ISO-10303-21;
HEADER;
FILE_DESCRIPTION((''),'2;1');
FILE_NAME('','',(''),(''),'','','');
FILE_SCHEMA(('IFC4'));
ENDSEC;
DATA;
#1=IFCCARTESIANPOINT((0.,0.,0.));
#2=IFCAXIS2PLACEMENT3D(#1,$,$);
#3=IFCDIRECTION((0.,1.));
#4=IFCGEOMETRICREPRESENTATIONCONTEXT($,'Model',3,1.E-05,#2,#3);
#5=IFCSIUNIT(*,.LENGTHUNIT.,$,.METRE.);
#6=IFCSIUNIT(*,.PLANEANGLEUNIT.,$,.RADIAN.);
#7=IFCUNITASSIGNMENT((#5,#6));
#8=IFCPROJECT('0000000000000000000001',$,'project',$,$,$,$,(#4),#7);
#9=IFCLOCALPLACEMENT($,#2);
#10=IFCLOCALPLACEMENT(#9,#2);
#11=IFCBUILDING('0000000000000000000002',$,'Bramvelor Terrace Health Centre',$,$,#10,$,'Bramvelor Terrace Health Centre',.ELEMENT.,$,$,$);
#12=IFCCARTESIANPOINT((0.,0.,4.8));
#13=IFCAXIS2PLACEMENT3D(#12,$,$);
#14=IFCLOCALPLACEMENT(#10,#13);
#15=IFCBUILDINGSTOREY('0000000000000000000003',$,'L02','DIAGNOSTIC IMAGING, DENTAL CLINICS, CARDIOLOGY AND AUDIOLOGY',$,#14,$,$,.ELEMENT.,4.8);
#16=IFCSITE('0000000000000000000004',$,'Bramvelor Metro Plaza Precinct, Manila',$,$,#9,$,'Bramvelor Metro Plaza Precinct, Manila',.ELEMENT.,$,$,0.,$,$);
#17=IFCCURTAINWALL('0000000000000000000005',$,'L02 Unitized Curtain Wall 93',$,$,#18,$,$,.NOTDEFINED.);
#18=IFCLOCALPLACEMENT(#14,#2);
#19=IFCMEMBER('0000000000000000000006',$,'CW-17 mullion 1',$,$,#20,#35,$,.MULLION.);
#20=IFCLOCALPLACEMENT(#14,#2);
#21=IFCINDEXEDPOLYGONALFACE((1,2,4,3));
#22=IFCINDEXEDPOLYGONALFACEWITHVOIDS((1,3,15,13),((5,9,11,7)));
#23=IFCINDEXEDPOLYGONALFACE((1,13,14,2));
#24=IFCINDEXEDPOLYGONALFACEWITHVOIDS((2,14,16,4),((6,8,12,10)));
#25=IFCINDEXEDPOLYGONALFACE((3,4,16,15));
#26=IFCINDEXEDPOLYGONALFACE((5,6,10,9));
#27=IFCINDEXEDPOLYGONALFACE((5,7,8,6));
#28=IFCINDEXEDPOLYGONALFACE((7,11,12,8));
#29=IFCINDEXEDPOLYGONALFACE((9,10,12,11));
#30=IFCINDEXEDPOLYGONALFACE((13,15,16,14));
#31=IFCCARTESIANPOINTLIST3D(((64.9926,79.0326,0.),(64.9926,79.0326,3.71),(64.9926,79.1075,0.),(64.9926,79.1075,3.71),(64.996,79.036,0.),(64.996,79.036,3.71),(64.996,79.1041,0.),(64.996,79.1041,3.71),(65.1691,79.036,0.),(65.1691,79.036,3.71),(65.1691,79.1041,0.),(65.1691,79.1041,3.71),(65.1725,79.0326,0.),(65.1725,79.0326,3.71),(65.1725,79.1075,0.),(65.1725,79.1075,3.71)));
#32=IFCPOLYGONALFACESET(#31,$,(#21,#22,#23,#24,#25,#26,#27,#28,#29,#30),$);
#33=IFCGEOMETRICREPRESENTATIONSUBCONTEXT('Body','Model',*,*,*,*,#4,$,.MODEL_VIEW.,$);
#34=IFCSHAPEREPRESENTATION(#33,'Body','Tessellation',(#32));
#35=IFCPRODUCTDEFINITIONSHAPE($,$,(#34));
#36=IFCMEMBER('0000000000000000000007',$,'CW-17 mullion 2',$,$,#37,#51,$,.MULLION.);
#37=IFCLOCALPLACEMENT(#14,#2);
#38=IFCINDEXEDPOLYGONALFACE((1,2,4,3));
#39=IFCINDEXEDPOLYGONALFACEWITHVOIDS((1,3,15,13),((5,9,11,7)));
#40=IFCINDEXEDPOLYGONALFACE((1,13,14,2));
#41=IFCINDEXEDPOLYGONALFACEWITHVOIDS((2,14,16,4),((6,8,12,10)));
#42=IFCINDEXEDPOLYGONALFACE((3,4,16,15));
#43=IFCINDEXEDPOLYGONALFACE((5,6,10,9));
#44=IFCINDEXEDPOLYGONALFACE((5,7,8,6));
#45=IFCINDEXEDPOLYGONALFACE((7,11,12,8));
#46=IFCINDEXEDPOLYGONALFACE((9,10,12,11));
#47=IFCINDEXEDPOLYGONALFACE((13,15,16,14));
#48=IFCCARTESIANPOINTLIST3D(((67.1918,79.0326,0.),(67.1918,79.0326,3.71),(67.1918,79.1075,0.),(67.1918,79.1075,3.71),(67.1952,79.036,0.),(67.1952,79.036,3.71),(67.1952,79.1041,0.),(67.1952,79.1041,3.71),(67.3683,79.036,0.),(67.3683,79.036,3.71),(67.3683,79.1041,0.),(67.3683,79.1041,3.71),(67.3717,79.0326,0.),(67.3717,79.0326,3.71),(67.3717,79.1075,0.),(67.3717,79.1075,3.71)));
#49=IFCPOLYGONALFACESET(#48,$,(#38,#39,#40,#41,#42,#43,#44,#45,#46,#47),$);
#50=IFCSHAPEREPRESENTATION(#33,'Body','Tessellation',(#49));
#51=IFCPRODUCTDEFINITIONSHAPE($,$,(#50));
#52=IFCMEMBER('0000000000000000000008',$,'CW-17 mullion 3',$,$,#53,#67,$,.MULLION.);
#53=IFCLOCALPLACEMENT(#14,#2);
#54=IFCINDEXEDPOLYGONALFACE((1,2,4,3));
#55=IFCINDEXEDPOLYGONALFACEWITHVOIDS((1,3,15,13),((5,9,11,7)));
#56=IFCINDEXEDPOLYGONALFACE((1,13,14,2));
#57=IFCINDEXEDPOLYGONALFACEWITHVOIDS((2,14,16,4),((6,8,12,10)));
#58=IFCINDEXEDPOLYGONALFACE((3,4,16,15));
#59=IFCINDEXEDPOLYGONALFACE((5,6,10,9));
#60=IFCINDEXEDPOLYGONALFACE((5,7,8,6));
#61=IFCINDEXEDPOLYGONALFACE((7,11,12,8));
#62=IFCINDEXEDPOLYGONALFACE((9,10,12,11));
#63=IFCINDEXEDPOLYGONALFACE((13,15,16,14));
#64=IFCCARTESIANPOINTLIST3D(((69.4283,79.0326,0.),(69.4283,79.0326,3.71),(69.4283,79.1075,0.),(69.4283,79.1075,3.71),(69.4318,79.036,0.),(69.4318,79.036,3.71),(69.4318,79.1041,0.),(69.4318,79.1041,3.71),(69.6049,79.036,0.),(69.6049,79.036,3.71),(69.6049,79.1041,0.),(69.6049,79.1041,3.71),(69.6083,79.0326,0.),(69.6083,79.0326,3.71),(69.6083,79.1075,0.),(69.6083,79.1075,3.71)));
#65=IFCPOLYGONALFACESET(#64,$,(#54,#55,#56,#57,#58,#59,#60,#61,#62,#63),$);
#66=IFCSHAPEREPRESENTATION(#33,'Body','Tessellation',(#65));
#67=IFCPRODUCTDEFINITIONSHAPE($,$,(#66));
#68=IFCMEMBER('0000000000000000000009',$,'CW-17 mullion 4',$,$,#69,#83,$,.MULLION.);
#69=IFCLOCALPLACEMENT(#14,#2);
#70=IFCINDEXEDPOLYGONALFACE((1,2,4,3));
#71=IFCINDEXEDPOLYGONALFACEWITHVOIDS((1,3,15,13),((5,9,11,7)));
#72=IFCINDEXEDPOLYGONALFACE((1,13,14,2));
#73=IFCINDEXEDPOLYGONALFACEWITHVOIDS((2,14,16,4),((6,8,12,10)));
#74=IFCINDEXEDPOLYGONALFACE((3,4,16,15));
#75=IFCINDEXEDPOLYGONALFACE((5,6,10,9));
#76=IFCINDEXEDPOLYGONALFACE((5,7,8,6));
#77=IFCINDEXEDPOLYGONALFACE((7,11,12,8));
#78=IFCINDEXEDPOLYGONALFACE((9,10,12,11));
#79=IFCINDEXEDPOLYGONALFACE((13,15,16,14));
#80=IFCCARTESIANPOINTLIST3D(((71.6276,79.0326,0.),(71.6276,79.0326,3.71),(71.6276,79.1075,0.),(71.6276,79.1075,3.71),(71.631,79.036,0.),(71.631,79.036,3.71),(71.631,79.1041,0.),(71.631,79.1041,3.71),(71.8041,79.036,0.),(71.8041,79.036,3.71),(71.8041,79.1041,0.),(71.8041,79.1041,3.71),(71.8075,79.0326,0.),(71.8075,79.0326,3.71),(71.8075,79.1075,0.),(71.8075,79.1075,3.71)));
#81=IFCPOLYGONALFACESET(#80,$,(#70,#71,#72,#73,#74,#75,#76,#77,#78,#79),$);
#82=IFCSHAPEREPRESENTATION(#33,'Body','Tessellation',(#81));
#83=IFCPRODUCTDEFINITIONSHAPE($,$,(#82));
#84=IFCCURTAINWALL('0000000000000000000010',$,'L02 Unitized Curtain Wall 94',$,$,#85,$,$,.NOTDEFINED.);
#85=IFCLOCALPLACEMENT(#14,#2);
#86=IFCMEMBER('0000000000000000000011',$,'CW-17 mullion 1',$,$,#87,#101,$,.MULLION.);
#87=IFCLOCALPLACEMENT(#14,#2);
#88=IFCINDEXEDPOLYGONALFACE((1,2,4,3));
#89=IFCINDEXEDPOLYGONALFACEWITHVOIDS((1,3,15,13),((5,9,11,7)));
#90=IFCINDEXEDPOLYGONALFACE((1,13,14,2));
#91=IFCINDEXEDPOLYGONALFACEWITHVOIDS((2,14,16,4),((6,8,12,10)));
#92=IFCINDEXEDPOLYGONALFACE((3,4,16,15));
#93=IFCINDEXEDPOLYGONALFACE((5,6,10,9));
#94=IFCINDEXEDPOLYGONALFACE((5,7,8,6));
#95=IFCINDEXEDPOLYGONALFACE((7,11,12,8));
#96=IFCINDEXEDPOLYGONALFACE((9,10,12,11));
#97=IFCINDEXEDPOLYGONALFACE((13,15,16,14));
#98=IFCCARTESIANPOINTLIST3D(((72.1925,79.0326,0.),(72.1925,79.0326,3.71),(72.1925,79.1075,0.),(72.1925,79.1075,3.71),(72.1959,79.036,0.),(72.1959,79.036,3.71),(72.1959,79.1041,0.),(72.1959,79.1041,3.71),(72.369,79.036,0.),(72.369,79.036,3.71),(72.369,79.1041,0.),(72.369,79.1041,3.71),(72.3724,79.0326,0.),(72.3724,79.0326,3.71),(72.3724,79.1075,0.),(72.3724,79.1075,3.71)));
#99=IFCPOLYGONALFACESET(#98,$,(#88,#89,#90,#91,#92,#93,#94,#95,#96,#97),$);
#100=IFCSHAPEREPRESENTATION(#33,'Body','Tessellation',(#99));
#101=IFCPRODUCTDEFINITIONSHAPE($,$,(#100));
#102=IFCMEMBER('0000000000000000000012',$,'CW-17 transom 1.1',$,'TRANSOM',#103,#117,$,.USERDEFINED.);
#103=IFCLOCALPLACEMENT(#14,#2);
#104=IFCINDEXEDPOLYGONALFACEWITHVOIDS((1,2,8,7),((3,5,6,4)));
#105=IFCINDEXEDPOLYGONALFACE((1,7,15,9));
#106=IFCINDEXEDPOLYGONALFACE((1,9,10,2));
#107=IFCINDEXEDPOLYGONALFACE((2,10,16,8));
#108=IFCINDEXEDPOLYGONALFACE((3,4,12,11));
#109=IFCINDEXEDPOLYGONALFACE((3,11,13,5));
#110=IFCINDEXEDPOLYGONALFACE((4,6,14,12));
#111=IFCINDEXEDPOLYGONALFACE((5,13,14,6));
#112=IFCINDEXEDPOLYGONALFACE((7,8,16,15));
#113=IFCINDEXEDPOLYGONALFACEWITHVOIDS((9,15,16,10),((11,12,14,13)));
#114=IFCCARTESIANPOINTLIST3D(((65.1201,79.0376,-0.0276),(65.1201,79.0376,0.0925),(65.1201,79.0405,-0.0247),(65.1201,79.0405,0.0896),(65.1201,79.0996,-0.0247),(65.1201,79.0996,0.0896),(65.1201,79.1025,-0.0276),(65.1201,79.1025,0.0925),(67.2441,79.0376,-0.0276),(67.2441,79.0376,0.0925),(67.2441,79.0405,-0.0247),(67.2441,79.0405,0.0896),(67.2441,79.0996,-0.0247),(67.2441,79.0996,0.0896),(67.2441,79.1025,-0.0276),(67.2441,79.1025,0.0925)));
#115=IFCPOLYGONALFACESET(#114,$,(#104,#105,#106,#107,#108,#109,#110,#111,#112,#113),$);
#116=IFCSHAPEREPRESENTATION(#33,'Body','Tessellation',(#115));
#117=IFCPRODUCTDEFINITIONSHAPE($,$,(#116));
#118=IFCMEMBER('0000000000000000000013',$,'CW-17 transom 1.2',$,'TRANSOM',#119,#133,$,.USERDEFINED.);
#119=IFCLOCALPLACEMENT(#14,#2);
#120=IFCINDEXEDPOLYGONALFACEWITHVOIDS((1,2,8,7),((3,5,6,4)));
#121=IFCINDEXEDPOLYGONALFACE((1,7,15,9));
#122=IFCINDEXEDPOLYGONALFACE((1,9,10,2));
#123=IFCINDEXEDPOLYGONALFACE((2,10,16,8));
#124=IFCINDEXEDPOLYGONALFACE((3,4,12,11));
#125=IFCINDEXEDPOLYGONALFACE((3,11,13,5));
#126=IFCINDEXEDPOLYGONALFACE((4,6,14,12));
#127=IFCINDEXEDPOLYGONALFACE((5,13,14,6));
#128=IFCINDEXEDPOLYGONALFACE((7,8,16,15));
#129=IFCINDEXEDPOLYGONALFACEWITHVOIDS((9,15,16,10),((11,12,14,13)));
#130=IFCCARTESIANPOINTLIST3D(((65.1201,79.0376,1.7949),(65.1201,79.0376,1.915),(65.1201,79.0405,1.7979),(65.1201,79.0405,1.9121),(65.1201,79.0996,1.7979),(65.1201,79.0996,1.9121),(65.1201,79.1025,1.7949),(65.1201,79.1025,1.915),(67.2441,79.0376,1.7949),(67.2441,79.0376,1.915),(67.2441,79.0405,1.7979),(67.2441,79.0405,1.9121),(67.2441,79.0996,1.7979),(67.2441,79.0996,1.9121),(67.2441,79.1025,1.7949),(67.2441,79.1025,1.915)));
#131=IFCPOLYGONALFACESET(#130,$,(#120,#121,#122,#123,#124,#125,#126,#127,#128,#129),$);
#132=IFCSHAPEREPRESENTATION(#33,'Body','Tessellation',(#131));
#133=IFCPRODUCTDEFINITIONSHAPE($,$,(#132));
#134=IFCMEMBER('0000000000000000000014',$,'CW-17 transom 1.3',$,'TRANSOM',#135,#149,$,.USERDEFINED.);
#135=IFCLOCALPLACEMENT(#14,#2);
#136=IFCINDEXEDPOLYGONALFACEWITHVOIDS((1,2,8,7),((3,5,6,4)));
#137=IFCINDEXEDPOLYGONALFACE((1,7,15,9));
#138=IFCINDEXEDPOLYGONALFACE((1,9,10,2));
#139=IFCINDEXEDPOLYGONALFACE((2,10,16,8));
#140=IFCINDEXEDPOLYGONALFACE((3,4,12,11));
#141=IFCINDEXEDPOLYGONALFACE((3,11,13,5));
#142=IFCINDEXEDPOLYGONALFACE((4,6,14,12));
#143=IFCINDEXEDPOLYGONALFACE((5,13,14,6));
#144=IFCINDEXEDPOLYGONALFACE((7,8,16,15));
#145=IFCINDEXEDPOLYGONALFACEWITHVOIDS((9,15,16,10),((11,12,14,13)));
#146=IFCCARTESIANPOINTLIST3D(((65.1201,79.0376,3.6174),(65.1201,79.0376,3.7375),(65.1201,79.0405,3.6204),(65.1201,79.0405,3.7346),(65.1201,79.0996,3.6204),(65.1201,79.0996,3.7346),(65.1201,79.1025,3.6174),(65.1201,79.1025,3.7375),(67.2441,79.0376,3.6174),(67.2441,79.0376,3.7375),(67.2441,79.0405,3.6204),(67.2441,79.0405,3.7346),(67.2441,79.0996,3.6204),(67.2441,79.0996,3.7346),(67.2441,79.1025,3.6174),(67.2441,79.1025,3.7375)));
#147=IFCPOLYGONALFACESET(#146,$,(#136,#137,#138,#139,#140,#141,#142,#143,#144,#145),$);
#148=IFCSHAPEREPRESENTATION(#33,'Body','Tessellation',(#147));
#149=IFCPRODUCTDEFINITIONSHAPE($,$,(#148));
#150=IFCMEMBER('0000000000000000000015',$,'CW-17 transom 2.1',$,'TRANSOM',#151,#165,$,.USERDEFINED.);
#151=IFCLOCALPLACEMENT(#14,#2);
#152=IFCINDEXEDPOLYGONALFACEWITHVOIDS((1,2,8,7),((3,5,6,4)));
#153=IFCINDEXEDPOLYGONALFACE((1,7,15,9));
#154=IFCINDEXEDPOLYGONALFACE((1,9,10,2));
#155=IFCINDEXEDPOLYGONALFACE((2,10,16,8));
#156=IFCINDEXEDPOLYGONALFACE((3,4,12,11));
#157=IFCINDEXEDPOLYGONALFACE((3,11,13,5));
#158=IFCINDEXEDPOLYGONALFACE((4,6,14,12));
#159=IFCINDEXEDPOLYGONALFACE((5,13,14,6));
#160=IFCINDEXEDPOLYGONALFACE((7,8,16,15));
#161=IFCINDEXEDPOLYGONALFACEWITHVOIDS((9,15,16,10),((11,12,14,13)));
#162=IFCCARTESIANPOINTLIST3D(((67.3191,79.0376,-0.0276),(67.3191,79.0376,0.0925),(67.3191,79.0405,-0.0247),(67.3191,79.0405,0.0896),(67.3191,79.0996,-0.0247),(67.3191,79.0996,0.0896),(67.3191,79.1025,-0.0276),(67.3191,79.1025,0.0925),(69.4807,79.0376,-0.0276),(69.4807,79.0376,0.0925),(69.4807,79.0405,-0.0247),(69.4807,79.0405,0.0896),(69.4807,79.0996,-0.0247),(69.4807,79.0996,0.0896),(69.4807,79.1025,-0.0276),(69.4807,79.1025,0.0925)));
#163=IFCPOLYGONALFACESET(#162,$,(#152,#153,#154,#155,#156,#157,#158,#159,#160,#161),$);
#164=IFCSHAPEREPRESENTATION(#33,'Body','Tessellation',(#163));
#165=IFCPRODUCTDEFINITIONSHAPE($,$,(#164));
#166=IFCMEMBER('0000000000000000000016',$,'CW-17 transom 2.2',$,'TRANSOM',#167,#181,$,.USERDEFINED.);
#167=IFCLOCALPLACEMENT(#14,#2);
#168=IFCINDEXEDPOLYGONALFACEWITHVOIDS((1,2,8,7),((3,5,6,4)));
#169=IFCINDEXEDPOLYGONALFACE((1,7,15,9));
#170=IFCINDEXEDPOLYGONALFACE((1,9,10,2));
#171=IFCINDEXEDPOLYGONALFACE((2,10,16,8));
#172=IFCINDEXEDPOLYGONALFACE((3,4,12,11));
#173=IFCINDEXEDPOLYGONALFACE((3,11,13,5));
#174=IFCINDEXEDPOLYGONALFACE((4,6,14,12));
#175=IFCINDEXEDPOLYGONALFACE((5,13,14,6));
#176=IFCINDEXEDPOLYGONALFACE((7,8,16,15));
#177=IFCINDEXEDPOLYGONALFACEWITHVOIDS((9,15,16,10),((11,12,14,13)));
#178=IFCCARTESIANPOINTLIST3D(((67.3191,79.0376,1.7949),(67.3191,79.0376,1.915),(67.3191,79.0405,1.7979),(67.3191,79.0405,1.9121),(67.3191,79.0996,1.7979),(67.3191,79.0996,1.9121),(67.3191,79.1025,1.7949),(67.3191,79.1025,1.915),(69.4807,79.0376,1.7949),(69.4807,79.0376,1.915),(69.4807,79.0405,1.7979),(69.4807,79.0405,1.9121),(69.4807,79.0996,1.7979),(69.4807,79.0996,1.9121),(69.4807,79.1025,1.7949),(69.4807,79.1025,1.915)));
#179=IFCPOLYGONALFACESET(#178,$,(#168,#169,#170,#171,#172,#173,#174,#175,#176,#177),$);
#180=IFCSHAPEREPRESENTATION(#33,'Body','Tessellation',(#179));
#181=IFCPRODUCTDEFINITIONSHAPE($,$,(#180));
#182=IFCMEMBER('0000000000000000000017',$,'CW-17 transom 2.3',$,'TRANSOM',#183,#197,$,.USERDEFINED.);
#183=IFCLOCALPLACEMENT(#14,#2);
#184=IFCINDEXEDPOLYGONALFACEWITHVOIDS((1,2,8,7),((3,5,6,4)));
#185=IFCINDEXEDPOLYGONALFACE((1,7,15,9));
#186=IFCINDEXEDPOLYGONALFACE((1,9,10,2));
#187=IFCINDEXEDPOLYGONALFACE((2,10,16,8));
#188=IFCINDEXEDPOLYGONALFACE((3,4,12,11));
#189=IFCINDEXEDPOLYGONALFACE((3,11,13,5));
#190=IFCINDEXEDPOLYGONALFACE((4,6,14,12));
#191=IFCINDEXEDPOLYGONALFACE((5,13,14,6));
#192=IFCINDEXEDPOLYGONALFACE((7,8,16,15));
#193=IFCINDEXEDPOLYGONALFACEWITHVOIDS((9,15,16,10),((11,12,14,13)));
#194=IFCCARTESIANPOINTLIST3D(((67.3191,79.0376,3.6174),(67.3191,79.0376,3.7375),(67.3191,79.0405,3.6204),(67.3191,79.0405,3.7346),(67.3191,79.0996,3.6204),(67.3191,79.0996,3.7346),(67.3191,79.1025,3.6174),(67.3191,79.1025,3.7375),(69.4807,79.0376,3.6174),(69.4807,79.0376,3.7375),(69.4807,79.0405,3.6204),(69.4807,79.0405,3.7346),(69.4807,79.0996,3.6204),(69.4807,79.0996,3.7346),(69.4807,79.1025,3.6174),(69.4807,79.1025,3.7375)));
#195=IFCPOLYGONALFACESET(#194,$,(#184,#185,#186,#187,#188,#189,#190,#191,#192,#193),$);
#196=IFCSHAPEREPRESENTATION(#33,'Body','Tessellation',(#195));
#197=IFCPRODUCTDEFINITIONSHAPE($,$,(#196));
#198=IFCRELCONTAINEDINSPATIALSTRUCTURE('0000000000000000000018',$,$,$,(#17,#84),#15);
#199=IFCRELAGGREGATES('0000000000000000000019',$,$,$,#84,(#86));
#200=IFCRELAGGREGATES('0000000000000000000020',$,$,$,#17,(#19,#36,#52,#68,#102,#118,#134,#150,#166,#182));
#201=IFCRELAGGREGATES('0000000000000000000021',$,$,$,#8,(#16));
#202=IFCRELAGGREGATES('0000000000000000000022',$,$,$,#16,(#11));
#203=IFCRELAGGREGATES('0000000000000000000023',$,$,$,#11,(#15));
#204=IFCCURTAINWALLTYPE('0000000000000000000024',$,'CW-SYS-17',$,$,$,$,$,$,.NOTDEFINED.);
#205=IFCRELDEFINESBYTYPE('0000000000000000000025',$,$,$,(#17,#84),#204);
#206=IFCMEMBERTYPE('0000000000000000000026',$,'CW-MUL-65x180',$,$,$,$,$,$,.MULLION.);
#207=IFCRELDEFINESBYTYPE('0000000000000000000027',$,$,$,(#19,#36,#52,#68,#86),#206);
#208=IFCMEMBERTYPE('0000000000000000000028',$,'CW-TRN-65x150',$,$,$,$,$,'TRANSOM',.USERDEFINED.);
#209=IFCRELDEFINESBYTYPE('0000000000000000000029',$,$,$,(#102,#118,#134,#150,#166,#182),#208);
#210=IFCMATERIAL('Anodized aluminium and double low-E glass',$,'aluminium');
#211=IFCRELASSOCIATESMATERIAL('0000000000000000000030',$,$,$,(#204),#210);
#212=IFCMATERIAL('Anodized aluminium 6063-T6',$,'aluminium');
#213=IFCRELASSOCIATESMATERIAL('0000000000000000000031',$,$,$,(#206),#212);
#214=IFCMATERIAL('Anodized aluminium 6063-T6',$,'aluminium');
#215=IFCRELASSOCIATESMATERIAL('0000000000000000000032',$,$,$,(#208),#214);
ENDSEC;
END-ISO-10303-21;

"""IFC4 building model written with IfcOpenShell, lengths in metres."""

from ifc_helpers import new_model, si_unit, direction, frame, origin, origin_2d, place, context, subcontext, project, spatial, hollow_rectangle, extrude, material, material_profile, profile_set, type_object, element, aggregate, save


model = new_model("IFC4")

# Units and contexts
model_context = context("Model", 3, precision=1e-05, world=origin(), true_north=direction((0.0, 1.0)))
body_context = subcontext(model_context, "Body", "Model", "MODEL_VIEW")
ifc_project = project(units=[si_unit("LENGTHUNIT", "METRE"), si_unit("PLANEANGLEUNIT", "RADIAN")], contexts=[model_context])

# Site, building, storey
site_placement = place(None, origin())
site = spatial("IfcSite", under=ifc_project, at=site_placement, Name="Bramvelor Metro Plaza Precinct, Manila", LongName="Bramvelor Metro Plaza Precinct, Manila", CompositionType="ELEMENT", RefElevation=0.0)
building_placement = place(site_placement, origin())
building = spatial("IfcBuilding", under=site, at=building_placement, Name="Bramvelor Terrace Health Centre", LongName="Bramvelor Terrace Health Centre", CompositionType="ELEMENT")
storey_placement = place(building_placement, frame((0.0, 0.0, 4.8)))
storey = spatial("IfcBuildingStorey", under=building, at=storey_placement, Name="L02", Description="DIAGNOSTIC IMAGING, DENTAL CLINICS, CARDIOLOGY AND AUDIOLOGY", CompositionType="ELEMENT", Elevation=4.8)

# Curtain wall, members
ifc_material_1 = material(Name="Anodized aluminium and double low-E glass", Category="aluminium")
curtain_wall_type = type_object("IfcCurtainWallType", Name="CW-SYS-17", PredefinedType="NOTDEFINED", material=ifc_material_1)
curtain_wall_1_placement = place(storey_placement, origin())
curtain_wall_1 = element("IfcCurtainWall", 1, at=curtain_wall_1_placement, inside=storey, type_object=curtain_wall_type, Name="L02 Unitized Curtain Wall 93", PredefinedType="NOTDEFINED")
ifc_material_2 = material(Name="Anodized aluminium 6063-T6", Category="aluminium")
ifc_material_profile_1 = material_profile(ifc_material_2, hollow_rectangle(XDim=0.075, YDim=0.1799, WallThickness=0.0034, at=origin_2d()), Name="ALU-MUL 75x180x3.5")
ifc_profile_set_1 = profile_set([ifc_material_profile_1], Name="Anodized aluminium 6063-T6")
member_type_1 = type_object("IfcMemberType", Name="CW-MUL-65x180", PredefinedType="MULLION", material=ifc_profile_set_1)
member_1_placement = place(storey_placement, frame((65.0825, 79.0701, 0.0), z_axis=(0.0, 0.0, 1.0), x_axis=(0.0, 1.0, 0.0)))
member_1 = element("IfcMember", 2, at=member_1_placement, type_object=member_type_1, Name="CW-17 mullion 1", PredefinedType="MULLION", context=body_context, shape_type="SweptSolid", body=[
    extrude(hollow_rectangle(XDim=0.075, YDim=0.1799, WallThickness=0.0034, at=origin_2d()), origin(), (0.0, 0.0, 1.0), 3.71),
])
member_2_placement = place(storey_placement, frame((67.2817, 79.0701, 0.0), z_axis=(0.0, 0.0, 1.0), x_axis=(0.0, 1.0, 0.0)))
member_2 = element("IfcMember", 3, at=member_2_placement, type_object=member_type_1, Name="CW-17 mullion 2", PredefinedType="MULLION", context=body_context, shape_type="SweptSolid", body=[
    extrude(hollow_rectangle(XDim=0.075, YDim=0.1799, WallThickness=0.0034, at=origin_2d()), origin(), (0.0, 0.0, 1.0), 3.71),
])
member_3_placement = place(storey_placement, frame((69.5183, 79.0701, 0.0), z_axis=(0.0, 0.0, 1.0), x_axis=(0.0, 1.0, 0.0)))
member_3 = element("IfcMember", 4, at=member_3_placement, type_object=member_type_1, Name="CW-17 mullion 3", PredefinedType="MULLION", context=body_context, shape_type="SweptSolid", body=[
    extrude(hollow_rectangle(XDim=0.075, YDim=0.1799, WallThickness=0.0034, at=origin_2d()), origin(), (0.0, 0.0, 1.0), 3.71),
])
member_4_placement = place(storey_placement, frame((71.7175, 79.0701, 0.0), z_axis=(0.0, 0.0, 1.0), x_axis=(0.0, 1.0, 0.0)))
member_4 = element("IfcMember", 5, at=member_4_placement, type_object=member_type_1, Name="CW-17 mullion 4", PredefinedType="MULLION", context=body_context, shape_type="SweptSolid", body=[
    extrude(hollow_rectangle(XDim=0.075, YDim=0.1799, WallThickness=0.0034, at=origin_2d()), origin(), (0.0, 0.0, 1.0), 3.71),
])

# Curtain wall, member
curtain_wall_2_placement = place(storey_placement, origin())
curtain_wall_2 = element("IfcCurtainWall", 6, at=curtain_wall_2_placement, inside=storey, type_object=curtain_wall_type, Name="L02 Unitized Curtain Wall 94", PredefinedType="NOTDEFINED")
member_5_placement = place(storey_placement, frame((72.2825, 79.0701, 0.0), z_axis=(0.0, 0.0, 1.0), x_axis=(0.0, 1.0, 0.0)))
member_5 = element("IfcMember", 7, at=member_5_placement, type_object=member_type_1, Name="CW-17 mullion 1", PredefinedType="MULLION", context=body_context, shape_type="SweptSolid", body=[
    extrude(hollow_rectangle(XDim=0.075, YDim=0.1799, WallThickness=0.0034, at=origin_2d()), origin(), (0.0, 0.0, 1.0), 3.71),
])
aggregate(curtain_wall_2, [member_5])

# Members
ifc_material_3 = material(Name="Anodized aluminium 6063-T6", Category="aluminium")
ifc_material_profile_2 = material_profile(ifc_material_3, hollow_rectangle(XDim=0.0649, YDim=0.1201, WallThickness=0.0029, at=origin_2d()), Name="ALU-TRN 65x120x3.0")
ifc_profile_set_2 = profile_set([ifc_material_profile_2], Name="Anodized aluminium 6063-T6")
member_type_2 = type_object("IfcMemberType", Name="CW-TRN-65x150", ElementType="TRANSOM", PredefinedType="USERDEFINED", material=ifc_profile_set_2)
member_6_placement = place(storey_placement, frame((65.1201, 79.0701, 0.0325), z_axis=(1.0, 0.0, 0.0), x_axis=(0.0, 1.0, 0.0)))
member_6 = element("IfcMember", 8, at=member_6_placement, type_object=member_type_2, Name="CW-17 transom 1.1", ObjectType="TRANSOM", PredefinedType="USERDEFINED", context=body_context, shape_type="SweptSolid", body=[
    extrude(hollow_rectangle(XDim=0.0649, YDim=0.1201, WallThickness=0.0029, at=origin_2d()), origin(), (0.0, 0.0, 1.0), 2.124),
])
member_7_placement = place(storey_placement, frame((65.1201, 79.0701, 1.855), z_axis=(1.0, 0.0, 0.0), x_axis=(0.0, 1.0, 0.0)))
member_7 = element("IfcMember", 9, at=member_7_placement, type_object=member_type_2, Name="CW-17 transom 1.2", ObjectType="TRANSOM", PredefinedType="USERDEFINED", context=body_context, shape_type="SweptSolid", body=[
    extrude(hollow_rectangle(XDim=0.0649, YDim=0.1201, WallThickness=0.0029, at=origin_2d()), origin(), (0.0, 0.0, 1.0), 2.124),
])
member_8_placement = place(storey_placement, frame((65.1201, 79.0701, 3.6775), z_axis=(1.0, 0.0, 0.0), x_axis=(0.0, 1.0, 0.0)))
member_8 = element("IfcMember", 10, at=member_8_placement, type_object=member_type_2, Name="CW-17 transom 1.3", ObjectType="TRANSOM", PredefinedType="USERDEFINED", context=body_context, shape_type="SweptSolid", body=[
    extrude(hollow_rectangle(XDim=0.0649, YDim=0.1201, WallThickness=0.0029, at=origin_2d()), origin(), (0.0, 0.0, 1.0), 2.124),
])
member_9_placement = place(storey_placement, frame((67.3191, 79.0701, 0.0325), z_axis=(1.0, 0.0, 0.0), x_axis=(0.0, 1.0, 0.0)))
member_9 = element("IfcMember", 11, at=member_9_placement, type_object=member_type_2, Name="CW-17 transom 2.1", ObjectType="TRANSOM", PredefinedType="USERDEFINED", context=body_context, shape_type="SweptSolid", body=[
    extrude(hollow_rectangle(XDim=0.0649, YDim=0.1201, WallThickness=0.0029, at=origin_2d()), origin(), (0.0, 0.0, 1.0), 2.1616),
])
member_10_placement = place(storey_placement, frame((67.3191, 79.0701, 1.855), z_axis=(1.0, 0.0, 0.0), x_axis=(0.0, 1.0, 0.0)))
member_10 = element("IfcMember", 12, at=member_10_placement, type_object=member_type_2, Name="CW-17 transom 2.2", ObjectType="TRANSOM", PredefinedType="USERDEFINED", context=body_context, shape_type="SweptSolid", body=[
    extrude(hollow_rectangle(XDim=0.0649, YDim=0.1201, WallThickness=0.0029, at=origin_2d()), origin(), (0.0, 0.0, 1.0), 2.1616),
])
member_11_placement = place(storey_placement, frame((67.3191, 79.0701, 3.6775), z_axis=(1.0, 0.0, 0.0), x_axis=(0.0, 1.0, 0.0)))
member_11 = element("IfcMember", 13, at=member_11_placement, type_object=member_type_2, Name="CW-17 transom 2.3", ObjectType="TRANSOM", PredefinedType="USERDEFINED", context=body_context, shape_type="SweptSolid", body=[
    extrude(hollow_rectangle(XDim=0.0649, YDim=0.1201, WallThickness=0.0029, at=origin_2d()), origin(), (0.0, 0.0, 1.0), 2.1616),
])

aggregate(curtain_wall_1, [member_1, member_2, member_3, member_4, member_6, member_7, member_8, member_9, member_10, member_11])

save(model, "model.ifc")
